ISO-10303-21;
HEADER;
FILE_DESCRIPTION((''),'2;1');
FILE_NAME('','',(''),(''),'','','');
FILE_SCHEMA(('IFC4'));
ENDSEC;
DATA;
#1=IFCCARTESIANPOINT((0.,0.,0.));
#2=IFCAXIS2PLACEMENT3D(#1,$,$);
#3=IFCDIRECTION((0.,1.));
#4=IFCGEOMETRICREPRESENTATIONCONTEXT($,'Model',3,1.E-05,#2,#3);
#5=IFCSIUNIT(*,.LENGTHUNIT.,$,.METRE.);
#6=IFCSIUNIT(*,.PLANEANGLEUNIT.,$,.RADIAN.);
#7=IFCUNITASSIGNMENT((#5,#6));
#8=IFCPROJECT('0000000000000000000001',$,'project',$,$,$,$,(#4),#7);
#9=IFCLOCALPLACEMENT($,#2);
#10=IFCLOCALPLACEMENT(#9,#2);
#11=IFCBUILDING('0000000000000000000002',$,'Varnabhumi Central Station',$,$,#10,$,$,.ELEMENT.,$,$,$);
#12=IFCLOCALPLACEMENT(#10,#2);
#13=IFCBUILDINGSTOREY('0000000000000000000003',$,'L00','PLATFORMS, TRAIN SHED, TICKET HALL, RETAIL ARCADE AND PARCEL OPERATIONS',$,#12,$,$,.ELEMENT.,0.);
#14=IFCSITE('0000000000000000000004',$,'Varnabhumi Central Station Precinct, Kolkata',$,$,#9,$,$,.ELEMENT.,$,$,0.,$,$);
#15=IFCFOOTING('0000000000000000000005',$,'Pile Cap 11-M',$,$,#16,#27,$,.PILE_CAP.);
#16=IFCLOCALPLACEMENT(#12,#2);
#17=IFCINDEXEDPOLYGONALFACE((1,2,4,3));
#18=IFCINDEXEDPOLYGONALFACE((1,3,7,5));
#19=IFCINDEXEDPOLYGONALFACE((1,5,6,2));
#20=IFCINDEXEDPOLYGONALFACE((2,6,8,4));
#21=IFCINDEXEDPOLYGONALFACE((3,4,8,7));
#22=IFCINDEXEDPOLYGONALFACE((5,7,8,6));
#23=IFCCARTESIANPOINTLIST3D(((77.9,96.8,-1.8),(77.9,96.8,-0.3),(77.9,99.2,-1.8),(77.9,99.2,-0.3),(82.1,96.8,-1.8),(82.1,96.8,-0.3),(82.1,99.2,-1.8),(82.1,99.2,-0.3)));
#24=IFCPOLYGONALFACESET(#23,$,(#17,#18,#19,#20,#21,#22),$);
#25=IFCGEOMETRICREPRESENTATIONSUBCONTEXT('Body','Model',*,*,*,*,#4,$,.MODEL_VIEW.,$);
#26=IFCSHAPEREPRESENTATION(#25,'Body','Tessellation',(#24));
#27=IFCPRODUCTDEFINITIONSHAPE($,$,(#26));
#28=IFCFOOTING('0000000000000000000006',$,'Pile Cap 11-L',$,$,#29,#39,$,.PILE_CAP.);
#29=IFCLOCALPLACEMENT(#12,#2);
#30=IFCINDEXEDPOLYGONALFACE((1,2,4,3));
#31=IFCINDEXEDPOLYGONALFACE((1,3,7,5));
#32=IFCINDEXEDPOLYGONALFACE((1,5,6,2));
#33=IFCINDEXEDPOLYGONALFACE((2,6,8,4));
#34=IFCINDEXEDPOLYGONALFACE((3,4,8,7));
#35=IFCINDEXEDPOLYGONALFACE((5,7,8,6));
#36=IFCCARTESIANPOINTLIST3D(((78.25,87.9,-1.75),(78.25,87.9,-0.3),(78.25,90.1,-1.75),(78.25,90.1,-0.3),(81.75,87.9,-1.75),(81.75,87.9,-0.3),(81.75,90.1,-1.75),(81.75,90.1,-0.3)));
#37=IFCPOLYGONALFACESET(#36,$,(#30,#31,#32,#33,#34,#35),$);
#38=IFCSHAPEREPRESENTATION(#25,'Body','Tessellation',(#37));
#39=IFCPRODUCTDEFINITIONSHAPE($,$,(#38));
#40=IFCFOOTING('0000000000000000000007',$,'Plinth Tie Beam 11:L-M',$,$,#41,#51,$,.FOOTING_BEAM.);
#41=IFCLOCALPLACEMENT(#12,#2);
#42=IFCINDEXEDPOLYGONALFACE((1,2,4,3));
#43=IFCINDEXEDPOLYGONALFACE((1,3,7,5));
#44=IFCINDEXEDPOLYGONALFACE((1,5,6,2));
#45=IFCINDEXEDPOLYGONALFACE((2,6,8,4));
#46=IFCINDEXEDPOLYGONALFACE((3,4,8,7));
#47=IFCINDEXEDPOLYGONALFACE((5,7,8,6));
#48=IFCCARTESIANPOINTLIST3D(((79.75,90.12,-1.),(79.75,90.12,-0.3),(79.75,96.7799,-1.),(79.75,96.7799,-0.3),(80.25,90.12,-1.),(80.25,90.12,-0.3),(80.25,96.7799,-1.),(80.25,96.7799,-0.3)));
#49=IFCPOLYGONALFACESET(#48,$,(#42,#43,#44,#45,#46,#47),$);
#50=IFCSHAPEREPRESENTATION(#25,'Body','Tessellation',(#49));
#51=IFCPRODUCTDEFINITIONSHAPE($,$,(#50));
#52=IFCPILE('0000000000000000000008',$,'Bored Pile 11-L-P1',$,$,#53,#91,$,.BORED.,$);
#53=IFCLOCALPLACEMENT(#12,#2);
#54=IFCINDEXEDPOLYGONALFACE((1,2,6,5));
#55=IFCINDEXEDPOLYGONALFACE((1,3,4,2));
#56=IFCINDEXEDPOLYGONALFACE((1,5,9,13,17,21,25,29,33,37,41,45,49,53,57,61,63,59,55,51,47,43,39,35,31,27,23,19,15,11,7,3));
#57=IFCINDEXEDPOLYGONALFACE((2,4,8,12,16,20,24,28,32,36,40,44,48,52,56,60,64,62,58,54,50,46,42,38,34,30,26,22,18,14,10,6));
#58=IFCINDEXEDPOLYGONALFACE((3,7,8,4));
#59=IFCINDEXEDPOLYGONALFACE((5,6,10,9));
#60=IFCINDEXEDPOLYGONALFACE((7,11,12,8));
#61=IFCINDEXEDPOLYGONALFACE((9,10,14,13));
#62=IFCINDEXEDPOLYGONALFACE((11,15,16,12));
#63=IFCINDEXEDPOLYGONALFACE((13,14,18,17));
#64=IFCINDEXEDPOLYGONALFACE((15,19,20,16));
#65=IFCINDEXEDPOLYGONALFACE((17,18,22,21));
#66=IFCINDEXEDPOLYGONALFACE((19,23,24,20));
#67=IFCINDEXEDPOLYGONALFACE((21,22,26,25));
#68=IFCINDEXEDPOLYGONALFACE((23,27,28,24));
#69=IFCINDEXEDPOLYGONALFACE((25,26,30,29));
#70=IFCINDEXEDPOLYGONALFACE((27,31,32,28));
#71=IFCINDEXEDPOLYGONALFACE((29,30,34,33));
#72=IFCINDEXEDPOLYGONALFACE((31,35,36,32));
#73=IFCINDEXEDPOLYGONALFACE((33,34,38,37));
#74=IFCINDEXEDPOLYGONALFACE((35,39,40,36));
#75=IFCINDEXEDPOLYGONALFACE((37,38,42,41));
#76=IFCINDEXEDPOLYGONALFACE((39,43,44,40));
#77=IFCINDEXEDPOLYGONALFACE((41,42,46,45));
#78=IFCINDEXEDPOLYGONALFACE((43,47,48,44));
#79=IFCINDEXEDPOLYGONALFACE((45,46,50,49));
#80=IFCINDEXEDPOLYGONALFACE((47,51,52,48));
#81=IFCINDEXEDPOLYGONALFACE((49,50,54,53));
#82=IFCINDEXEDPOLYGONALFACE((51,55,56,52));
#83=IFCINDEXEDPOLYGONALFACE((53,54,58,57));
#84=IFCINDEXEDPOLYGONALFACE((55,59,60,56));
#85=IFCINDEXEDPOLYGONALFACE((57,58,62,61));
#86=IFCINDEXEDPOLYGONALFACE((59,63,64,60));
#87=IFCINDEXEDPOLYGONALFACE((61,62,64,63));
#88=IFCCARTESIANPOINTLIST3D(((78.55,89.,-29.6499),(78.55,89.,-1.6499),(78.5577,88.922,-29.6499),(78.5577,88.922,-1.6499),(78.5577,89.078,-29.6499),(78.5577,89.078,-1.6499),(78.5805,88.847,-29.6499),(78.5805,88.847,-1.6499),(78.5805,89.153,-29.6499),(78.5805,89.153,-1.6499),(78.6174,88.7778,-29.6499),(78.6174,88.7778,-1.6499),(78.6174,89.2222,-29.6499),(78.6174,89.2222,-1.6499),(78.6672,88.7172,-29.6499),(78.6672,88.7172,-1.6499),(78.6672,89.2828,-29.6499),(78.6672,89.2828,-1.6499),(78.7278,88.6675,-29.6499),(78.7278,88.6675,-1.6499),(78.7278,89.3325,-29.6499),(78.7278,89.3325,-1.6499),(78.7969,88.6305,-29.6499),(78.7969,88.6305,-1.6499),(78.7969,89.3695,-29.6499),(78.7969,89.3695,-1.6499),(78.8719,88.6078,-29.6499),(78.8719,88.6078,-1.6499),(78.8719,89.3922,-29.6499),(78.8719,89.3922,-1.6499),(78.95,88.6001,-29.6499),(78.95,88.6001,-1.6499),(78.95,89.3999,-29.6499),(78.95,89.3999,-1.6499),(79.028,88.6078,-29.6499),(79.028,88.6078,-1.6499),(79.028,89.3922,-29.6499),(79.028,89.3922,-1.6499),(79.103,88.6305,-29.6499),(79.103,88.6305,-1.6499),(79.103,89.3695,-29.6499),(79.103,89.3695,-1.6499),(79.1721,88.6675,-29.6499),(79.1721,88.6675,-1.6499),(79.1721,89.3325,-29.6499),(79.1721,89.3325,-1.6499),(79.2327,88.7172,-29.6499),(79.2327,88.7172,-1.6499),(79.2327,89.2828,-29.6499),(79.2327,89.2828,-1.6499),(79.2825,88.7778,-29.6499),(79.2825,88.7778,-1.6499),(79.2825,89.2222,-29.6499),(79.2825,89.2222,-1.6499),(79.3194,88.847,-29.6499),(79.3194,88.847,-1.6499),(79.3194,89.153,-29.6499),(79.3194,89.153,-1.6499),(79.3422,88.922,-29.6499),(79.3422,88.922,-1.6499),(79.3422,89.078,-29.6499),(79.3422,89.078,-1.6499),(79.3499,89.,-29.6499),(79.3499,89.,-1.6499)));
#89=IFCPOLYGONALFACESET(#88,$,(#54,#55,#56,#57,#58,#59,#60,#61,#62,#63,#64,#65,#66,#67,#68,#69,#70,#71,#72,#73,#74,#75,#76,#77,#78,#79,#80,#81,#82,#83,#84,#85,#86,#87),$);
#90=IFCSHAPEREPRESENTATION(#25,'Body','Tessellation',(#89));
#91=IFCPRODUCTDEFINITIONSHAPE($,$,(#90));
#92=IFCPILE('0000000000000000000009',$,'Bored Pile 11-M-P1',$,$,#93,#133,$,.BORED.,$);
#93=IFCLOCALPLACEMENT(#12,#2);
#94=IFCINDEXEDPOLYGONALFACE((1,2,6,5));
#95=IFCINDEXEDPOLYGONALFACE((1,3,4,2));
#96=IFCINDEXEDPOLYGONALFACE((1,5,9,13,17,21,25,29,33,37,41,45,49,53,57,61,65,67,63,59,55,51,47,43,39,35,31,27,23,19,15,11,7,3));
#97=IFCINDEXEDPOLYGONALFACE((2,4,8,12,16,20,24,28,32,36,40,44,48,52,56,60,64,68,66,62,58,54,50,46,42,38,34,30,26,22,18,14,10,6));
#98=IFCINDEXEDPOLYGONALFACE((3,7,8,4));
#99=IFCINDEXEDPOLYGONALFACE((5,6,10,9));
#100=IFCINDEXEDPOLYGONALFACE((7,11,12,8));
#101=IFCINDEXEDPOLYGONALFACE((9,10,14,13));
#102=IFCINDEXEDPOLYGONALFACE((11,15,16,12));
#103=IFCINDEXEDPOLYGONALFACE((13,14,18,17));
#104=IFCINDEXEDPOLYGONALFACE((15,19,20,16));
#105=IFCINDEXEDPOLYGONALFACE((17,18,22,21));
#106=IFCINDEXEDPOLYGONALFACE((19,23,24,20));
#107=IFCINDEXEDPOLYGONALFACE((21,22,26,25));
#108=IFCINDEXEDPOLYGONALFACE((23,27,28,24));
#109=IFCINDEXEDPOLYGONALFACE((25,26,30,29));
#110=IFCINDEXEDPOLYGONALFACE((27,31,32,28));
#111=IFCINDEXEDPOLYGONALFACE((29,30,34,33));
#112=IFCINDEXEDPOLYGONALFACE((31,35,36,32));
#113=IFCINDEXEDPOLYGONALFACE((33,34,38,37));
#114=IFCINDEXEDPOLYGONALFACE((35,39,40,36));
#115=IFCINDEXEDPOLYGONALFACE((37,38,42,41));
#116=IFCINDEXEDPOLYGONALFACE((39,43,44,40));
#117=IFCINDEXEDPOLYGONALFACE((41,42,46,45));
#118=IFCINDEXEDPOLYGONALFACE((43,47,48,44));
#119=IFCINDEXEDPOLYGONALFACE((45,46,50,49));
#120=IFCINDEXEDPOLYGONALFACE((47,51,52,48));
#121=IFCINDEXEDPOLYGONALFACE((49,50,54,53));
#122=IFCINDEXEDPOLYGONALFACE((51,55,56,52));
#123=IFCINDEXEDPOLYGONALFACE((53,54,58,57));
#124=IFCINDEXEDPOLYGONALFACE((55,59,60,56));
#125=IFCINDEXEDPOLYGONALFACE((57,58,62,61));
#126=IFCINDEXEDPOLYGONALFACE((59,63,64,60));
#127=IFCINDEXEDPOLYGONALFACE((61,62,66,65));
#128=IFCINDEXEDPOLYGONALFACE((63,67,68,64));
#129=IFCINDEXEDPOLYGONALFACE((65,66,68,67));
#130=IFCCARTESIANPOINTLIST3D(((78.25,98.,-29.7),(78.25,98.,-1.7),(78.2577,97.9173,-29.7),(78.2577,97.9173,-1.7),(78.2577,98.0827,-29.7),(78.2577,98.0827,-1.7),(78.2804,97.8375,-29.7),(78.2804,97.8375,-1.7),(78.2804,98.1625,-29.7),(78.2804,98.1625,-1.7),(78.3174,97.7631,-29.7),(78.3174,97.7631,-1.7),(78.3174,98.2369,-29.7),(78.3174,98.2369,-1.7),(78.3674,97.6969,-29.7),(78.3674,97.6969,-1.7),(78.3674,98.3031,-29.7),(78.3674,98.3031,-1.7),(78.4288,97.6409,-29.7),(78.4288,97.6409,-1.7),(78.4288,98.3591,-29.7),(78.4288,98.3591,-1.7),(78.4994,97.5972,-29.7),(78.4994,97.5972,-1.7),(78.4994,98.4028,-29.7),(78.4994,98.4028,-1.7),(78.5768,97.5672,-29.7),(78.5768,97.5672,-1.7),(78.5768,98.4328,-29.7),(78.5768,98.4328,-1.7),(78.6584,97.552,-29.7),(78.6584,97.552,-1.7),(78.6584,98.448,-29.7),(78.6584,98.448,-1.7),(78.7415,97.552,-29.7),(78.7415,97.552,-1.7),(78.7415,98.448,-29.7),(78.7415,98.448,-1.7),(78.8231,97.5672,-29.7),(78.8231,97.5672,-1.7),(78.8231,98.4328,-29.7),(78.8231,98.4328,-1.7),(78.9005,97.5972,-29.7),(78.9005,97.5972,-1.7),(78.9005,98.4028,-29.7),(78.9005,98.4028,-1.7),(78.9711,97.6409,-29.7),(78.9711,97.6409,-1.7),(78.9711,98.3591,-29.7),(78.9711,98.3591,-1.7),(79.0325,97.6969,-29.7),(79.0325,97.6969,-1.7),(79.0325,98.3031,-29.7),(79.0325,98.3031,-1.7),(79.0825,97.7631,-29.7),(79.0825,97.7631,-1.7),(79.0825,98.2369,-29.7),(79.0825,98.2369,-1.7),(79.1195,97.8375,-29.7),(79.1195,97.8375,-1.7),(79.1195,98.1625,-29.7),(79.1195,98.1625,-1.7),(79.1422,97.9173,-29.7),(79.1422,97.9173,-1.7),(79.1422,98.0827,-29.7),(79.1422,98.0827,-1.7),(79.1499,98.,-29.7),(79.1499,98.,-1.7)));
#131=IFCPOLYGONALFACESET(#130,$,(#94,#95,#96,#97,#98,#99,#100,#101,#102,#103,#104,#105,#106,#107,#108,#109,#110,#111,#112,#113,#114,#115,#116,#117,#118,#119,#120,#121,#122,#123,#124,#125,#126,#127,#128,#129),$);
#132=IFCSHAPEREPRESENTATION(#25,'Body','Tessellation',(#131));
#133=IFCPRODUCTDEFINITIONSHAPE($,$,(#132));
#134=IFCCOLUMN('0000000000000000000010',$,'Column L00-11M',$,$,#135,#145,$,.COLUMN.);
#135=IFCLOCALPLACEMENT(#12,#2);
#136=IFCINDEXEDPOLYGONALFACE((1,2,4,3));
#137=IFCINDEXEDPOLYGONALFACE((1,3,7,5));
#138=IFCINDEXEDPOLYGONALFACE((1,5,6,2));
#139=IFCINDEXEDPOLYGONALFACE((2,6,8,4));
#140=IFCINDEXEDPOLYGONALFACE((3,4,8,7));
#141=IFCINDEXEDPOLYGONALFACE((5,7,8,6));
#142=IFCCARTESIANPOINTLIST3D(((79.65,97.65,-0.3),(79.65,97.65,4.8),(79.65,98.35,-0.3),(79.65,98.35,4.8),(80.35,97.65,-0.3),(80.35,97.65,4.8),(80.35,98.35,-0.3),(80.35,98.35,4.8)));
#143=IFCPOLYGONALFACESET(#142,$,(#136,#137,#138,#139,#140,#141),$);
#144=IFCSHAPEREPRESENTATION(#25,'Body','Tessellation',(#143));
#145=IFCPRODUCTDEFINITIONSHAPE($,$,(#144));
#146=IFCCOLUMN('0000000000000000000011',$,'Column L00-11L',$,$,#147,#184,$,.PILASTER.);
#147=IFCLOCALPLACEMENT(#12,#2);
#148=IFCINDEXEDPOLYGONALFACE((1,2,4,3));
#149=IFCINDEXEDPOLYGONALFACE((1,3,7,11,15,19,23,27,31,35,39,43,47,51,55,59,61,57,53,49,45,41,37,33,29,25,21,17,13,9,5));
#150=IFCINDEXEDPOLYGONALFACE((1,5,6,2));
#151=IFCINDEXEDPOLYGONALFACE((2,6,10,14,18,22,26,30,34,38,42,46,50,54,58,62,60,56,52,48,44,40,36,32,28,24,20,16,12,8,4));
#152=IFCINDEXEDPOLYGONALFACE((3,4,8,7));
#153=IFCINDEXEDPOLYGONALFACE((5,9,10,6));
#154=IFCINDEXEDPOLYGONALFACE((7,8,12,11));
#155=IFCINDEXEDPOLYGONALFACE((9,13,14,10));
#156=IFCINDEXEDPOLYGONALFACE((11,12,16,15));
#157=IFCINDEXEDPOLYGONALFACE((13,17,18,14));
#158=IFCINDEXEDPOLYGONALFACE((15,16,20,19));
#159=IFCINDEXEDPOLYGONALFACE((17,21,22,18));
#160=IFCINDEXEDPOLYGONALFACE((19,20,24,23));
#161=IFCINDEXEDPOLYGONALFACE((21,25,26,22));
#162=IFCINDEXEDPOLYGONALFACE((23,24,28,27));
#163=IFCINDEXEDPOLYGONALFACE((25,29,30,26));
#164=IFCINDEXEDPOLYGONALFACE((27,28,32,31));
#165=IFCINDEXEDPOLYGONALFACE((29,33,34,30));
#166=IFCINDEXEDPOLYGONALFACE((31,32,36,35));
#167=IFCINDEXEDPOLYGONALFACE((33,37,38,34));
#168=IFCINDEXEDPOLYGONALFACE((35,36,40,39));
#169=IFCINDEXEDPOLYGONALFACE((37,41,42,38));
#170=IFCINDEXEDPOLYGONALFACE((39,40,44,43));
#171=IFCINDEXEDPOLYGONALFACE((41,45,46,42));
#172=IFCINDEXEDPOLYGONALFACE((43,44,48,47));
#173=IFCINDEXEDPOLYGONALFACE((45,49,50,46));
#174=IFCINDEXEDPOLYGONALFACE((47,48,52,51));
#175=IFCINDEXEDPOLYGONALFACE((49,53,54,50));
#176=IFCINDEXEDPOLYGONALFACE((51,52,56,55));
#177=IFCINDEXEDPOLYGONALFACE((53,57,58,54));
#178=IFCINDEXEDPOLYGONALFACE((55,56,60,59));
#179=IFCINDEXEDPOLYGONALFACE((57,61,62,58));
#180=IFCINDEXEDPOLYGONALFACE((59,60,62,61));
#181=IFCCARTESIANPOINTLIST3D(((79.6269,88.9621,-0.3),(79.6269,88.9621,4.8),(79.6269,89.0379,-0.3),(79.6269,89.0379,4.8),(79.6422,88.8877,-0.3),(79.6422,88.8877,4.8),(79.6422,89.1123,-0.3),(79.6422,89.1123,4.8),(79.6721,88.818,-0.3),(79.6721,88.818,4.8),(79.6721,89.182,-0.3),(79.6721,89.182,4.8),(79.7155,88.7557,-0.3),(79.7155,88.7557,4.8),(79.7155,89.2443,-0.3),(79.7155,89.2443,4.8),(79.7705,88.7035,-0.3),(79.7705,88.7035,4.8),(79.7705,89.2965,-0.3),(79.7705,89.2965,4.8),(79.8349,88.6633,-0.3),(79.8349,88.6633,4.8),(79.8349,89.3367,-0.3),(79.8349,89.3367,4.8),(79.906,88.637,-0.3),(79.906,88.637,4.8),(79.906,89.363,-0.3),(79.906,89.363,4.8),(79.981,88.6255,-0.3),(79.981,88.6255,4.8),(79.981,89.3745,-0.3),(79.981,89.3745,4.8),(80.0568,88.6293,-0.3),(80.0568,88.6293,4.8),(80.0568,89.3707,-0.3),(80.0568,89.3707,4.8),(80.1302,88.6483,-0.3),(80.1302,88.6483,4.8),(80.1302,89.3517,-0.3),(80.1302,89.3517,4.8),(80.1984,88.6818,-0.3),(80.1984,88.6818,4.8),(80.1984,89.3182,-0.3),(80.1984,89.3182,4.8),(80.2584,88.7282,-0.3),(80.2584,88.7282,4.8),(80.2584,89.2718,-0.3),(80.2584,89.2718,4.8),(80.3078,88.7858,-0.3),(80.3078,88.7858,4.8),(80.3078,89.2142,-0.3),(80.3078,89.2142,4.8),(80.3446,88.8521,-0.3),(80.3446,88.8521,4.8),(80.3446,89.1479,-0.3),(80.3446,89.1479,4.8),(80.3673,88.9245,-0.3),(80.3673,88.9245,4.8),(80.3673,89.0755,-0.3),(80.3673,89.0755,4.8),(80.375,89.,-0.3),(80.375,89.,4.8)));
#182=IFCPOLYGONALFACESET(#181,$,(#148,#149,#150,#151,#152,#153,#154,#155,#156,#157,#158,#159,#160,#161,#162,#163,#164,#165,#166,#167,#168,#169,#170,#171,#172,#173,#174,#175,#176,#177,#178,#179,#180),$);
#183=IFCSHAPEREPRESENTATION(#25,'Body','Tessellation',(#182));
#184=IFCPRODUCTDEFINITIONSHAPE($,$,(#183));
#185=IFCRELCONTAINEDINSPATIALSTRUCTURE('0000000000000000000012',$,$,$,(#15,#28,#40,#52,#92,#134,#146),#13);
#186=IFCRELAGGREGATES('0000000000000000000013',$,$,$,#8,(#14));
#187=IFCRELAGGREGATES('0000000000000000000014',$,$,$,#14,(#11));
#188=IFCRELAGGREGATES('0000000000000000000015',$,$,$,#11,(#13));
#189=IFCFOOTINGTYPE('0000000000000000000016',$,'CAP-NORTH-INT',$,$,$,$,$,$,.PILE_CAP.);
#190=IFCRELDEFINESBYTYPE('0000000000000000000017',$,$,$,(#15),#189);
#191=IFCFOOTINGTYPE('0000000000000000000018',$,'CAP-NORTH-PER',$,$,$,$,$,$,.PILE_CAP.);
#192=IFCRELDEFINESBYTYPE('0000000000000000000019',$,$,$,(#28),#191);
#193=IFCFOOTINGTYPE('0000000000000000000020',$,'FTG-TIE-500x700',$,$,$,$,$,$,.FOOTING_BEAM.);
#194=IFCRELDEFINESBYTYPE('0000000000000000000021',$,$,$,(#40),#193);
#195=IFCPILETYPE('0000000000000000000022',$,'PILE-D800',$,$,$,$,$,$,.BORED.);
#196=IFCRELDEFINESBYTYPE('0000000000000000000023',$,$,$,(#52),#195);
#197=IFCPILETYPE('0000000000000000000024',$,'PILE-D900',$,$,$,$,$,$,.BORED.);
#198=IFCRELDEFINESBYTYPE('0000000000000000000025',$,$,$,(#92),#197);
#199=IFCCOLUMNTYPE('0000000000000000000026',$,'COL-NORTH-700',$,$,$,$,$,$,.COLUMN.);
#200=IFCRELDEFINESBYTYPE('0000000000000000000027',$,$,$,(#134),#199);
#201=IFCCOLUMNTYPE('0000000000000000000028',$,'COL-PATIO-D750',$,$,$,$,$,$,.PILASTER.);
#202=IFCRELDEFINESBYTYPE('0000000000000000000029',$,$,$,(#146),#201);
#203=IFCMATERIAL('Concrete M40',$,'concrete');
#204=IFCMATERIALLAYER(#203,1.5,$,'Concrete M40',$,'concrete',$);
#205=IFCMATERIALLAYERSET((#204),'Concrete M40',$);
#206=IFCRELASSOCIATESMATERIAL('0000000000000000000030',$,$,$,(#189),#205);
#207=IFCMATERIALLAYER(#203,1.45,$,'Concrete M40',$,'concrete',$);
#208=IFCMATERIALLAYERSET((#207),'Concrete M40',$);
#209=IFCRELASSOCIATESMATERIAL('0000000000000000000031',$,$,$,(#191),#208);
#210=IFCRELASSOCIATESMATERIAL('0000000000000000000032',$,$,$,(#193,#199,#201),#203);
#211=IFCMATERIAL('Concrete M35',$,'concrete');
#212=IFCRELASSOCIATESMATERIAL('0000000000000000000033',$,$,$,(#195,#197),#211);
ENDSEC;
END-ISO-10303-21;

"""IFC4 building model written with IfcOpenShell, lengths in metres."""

from ifc_helpers import new_model, si_unit, direction, frame, origin, origin_2d, place, context, subcontext, project, spatial, rectangle, circle, extrude, material, layer, layer_set, material_profile, profile_set, type_object, element, save


model = new_model("IFC4")

# Units and contexts
model_context = context("Model", 3, precision=1e-05, world=origin(), true_north=direction((0.0, 1.0)))
body_context = subcontext(model_context, "Body", "Model", "MODEL_VIEW")
ifc_project = project(units=[si_unit("LENGTHUNIT", "METRE"), si_unit("PLANEANGLEUNIT", "RADIAN")], contexts=[model_context])

# Site, building, storey
site_placement = place(None, origin())
site = spatial("IfcSite", under=ifc_project, at=site_placement, Name="Varnabhumi Central Station Precinct, Kolkata", CompositionType="ELEMENT", RefElevation=0.0)
building_placement = place(site_placement, origin())
building = spatial("IfcBuilding", under=site, at=building_placement, Name="Varnabhumi Central Station", CompositionType="ELEMENT")
storey_placement = place(building_placement, origin())
storey = spatial("IfcBuildingStorey", under=building, at=storey_placement, Name="L00", Description="PLATFORMS, TRAIN SHED, TICKET HALL, RETAIL ARCADE AND PARCEL OPERATIONS", CompositionType="ELEMENT", Elevation=0.0)

# Footings
ifc_material_1 = material(Name="Concrete M40", Category="concrete")
ifc_layer_1 = layer(ifc_material_1, 1.5, Name="Concrete M40", Category="concrete")
ifc_layer_set_1 = layer_set([ifc_layer_1], Name="Concrete M40")
footing_type_1 = type_object("IfcFootingType", Name="CAP-NORTH-INT", PredefinedType="PILE_CAP", material=ifc_layer_set_1)
footing_1_placement = place(storey_placement, frame((80.0, 98.0, -1.8), z_axis=(0.0, 0.0, 1.0), x_axis=(1.0, 0.0, 0.0)))
element("IfcFooting", 1, at=footing_1_placement, inside=storey, type_object=footing_type_1, Name="Pile Cap 11-M", PredefinedType="PILE_CAP", context=body_context, shape_type="SweptSolid", body=[
    extrude(rectangle(XDim=4.2, YDim=2.3999, at=origin_2d()), origin(), (0.0, 0.0, 1.0), 1.5),
])
ifc_layer_2 = layer(ifc_material_1, 1.45, Name="Concrete M40", Category="concrete")
ifc_layer_set_2 = layer_set([ifc_layer_2], Name="Concrete M40")
footing_type_2 = type_object("IfcFootingType", Name="CAP-NORTH-PER", PredefinedType="PILE_CAP", material=ifc_layer_set_2)
footing_2_placement = place(storey_placement, frame((80.0, 89.0, -1.75), z_axis=(0.0, 0.0, 1.0), x_axis=(1.0, 0.0, 0.0)))
element("IfcFooting", 2, at=footing_2_placement, inside=storey, type_object=footing_type_2, Name="Pile Cap 11-L", PredefinedType="PILE_CAP", context=body_context, shape_type="SweptSolid", body=[
    extrude(rectangle(XDim=3.5, YDim=2.2, at=origin_2d()), origin(), (0.0, 0.0, 1.0), 1.45),
])
footing_type_3 = type_object("IfcFootingType", Name="FTG-TIE-500x700", PredefinedType="FOOTING_BEAM", material=ifc_material_1)
footing_3_placement = place(storey_placement, frame((80.0, 93.45, -1.0), z_axis=(0.0, 0.0, 1.0), x_axis=(1.0, 0.0, 0.0)))
element("IfcFooting", 3, at=footing_3_placement, inside=storey, type_object=footing_type_3, Name="Plinth Tie Beam 11:L-M", PredefinedType="FOOTING_BEAM", context=body_context, shape_type="SweptSolid", body=[
    extrude(rectangle(XDim=0.5, YDim=6.6599, at=origin_2d()), origin(), (0.0, 0.0, 1.0), 0.7),
])

# Piles
ifc_material_2 = material(Name="Concrete M35", Category="concrete")
ifc_material_profile_1 = material_profile(ifc_material_2, circle(Radius=0.3999, at=origin_2d()), Name="Concrete M35", Category="concrete")
ifc_profile_set_1 = profile_set([ifc_material_profile_1], Name="Concrete M35")
pile_type_1 = type_object("IfcPileType", Name="PILE-D800", PredefinedType="BORED", material=ifc_profile_set_1)
pile_1_placement = place(storey_placement, frame((78.95, 89.0, -1.6499), z_axis=(0.0, 0.0, -1.0), x_axis=(1.0, 0.0, 0.0)))
element("IfcPile", 4, at=pile_1_placement, inside=storey, type_object=pile_type_1, Name="Bored Pile 11-L-P1", PredefinedType="BORED", context=body_context, shape_type="SweptSolid", body=[
    extrude(circle(Radius=0.3999, at=origin_2d()), origin(), (0.0, 0.0, 1.0), 28.0),
])
ifc_material_profile_2 = material_profile(ifc_material_2, circle(Radius=0.45, at=origin_2d()), Name="Concrete M35", Category="concrete")
ifc_profile_set_2 = profile_set([ifc_material_profile_2], Name="Concrete M35")
pile_type_2 = type_object("IfcPileType", Name="PILE-D900", PredefinedType="BORED", material=ifc_profile_set_2)
pile_2_placement = place(storey_placement, frame((78.7, 98.0, -1.7), z_axis=(0.0, 0.0, -1.0), x_axis=(1.0, 0.0, 0.0)))
element("IfcPile", 5, at=pile_2_placement, inside=storey, type_object=pile_type_2, Name="Bored Pile 11-M-P1", PredefinedType="BORED", context=body_context, shape_type="SweptSolid", body=[
    extrude(circle(Radius=0.45, at=origin_2d()), origin(), (0.0, 0.0, 1.0), 28.0),
])

# Columns
ifc_material_profile_3 = material_profile(ifc_material_1, rectangle(XDim=0.7, YDim=0.7, at=origin_2d()), Name="Concrete M40", Category="concrete")
ifc_profile_set_3 = profile_set([ifc_material_profile_3], Name="Concrete M40")
column_type_1 = type_object("IfcColumnType", Name="COL-NORTH-700", PredefinedType="COLUMN", material=ifc_profile_set_3)
column_1_placement = place(storey_placement, frame((80.0, 98.0, -0.3), z_axis=(0.0, 0.0, 1.0), x_axis=(1.0, 0.0, 0.0)))
element("IfcColumn", 6, at=column_1_placement, inside=storey, type_object=column_type_1, Name="Column L00-11M", PredefinedType="COLUMN", context=body_context, shape_type="SweptSolid", body=[
    extrude(rectangle(XDim=0.7, YDim=0.7, at=origin_2d()), origin(), (0.0, 0.0, 1.0), 5.1001),
])
ifc_material_profile_4 = material_profile(ifc_material_1, circle(Radius=0.375, at=origin_2d()), Name="Concrete M40", Category="concrete")
ifc_profile_set_4 = profile_set([ifc_material_profile_4], Name="Concrete M40")
column_type_2 = type_object("IfcColumnType", Name="COL-PATIO-D750", PredefinedType="PILASTER", material=ifc_profile_set_4)
column_2_placement = place(storey_placement, frame((80.0, 89.0, -0.3), z_axis=(0.0, 0.0, 1.0), x_axis=(1.0, 0.0, 0.0)))
element("IfcColumn", 7, at=column_2_placement, inside=storey, type_object=column_type_2, Name="Column L00-11L", PredefinedType="PILASTER", context=body_context, shape_type="SweptSolid", body=[
    extrude(circle(Radius=0.375, at=origin_2d()), origin(), (0.0, 0.0, 1.0), 5.1001),
])

save(model, "model.ifc")
